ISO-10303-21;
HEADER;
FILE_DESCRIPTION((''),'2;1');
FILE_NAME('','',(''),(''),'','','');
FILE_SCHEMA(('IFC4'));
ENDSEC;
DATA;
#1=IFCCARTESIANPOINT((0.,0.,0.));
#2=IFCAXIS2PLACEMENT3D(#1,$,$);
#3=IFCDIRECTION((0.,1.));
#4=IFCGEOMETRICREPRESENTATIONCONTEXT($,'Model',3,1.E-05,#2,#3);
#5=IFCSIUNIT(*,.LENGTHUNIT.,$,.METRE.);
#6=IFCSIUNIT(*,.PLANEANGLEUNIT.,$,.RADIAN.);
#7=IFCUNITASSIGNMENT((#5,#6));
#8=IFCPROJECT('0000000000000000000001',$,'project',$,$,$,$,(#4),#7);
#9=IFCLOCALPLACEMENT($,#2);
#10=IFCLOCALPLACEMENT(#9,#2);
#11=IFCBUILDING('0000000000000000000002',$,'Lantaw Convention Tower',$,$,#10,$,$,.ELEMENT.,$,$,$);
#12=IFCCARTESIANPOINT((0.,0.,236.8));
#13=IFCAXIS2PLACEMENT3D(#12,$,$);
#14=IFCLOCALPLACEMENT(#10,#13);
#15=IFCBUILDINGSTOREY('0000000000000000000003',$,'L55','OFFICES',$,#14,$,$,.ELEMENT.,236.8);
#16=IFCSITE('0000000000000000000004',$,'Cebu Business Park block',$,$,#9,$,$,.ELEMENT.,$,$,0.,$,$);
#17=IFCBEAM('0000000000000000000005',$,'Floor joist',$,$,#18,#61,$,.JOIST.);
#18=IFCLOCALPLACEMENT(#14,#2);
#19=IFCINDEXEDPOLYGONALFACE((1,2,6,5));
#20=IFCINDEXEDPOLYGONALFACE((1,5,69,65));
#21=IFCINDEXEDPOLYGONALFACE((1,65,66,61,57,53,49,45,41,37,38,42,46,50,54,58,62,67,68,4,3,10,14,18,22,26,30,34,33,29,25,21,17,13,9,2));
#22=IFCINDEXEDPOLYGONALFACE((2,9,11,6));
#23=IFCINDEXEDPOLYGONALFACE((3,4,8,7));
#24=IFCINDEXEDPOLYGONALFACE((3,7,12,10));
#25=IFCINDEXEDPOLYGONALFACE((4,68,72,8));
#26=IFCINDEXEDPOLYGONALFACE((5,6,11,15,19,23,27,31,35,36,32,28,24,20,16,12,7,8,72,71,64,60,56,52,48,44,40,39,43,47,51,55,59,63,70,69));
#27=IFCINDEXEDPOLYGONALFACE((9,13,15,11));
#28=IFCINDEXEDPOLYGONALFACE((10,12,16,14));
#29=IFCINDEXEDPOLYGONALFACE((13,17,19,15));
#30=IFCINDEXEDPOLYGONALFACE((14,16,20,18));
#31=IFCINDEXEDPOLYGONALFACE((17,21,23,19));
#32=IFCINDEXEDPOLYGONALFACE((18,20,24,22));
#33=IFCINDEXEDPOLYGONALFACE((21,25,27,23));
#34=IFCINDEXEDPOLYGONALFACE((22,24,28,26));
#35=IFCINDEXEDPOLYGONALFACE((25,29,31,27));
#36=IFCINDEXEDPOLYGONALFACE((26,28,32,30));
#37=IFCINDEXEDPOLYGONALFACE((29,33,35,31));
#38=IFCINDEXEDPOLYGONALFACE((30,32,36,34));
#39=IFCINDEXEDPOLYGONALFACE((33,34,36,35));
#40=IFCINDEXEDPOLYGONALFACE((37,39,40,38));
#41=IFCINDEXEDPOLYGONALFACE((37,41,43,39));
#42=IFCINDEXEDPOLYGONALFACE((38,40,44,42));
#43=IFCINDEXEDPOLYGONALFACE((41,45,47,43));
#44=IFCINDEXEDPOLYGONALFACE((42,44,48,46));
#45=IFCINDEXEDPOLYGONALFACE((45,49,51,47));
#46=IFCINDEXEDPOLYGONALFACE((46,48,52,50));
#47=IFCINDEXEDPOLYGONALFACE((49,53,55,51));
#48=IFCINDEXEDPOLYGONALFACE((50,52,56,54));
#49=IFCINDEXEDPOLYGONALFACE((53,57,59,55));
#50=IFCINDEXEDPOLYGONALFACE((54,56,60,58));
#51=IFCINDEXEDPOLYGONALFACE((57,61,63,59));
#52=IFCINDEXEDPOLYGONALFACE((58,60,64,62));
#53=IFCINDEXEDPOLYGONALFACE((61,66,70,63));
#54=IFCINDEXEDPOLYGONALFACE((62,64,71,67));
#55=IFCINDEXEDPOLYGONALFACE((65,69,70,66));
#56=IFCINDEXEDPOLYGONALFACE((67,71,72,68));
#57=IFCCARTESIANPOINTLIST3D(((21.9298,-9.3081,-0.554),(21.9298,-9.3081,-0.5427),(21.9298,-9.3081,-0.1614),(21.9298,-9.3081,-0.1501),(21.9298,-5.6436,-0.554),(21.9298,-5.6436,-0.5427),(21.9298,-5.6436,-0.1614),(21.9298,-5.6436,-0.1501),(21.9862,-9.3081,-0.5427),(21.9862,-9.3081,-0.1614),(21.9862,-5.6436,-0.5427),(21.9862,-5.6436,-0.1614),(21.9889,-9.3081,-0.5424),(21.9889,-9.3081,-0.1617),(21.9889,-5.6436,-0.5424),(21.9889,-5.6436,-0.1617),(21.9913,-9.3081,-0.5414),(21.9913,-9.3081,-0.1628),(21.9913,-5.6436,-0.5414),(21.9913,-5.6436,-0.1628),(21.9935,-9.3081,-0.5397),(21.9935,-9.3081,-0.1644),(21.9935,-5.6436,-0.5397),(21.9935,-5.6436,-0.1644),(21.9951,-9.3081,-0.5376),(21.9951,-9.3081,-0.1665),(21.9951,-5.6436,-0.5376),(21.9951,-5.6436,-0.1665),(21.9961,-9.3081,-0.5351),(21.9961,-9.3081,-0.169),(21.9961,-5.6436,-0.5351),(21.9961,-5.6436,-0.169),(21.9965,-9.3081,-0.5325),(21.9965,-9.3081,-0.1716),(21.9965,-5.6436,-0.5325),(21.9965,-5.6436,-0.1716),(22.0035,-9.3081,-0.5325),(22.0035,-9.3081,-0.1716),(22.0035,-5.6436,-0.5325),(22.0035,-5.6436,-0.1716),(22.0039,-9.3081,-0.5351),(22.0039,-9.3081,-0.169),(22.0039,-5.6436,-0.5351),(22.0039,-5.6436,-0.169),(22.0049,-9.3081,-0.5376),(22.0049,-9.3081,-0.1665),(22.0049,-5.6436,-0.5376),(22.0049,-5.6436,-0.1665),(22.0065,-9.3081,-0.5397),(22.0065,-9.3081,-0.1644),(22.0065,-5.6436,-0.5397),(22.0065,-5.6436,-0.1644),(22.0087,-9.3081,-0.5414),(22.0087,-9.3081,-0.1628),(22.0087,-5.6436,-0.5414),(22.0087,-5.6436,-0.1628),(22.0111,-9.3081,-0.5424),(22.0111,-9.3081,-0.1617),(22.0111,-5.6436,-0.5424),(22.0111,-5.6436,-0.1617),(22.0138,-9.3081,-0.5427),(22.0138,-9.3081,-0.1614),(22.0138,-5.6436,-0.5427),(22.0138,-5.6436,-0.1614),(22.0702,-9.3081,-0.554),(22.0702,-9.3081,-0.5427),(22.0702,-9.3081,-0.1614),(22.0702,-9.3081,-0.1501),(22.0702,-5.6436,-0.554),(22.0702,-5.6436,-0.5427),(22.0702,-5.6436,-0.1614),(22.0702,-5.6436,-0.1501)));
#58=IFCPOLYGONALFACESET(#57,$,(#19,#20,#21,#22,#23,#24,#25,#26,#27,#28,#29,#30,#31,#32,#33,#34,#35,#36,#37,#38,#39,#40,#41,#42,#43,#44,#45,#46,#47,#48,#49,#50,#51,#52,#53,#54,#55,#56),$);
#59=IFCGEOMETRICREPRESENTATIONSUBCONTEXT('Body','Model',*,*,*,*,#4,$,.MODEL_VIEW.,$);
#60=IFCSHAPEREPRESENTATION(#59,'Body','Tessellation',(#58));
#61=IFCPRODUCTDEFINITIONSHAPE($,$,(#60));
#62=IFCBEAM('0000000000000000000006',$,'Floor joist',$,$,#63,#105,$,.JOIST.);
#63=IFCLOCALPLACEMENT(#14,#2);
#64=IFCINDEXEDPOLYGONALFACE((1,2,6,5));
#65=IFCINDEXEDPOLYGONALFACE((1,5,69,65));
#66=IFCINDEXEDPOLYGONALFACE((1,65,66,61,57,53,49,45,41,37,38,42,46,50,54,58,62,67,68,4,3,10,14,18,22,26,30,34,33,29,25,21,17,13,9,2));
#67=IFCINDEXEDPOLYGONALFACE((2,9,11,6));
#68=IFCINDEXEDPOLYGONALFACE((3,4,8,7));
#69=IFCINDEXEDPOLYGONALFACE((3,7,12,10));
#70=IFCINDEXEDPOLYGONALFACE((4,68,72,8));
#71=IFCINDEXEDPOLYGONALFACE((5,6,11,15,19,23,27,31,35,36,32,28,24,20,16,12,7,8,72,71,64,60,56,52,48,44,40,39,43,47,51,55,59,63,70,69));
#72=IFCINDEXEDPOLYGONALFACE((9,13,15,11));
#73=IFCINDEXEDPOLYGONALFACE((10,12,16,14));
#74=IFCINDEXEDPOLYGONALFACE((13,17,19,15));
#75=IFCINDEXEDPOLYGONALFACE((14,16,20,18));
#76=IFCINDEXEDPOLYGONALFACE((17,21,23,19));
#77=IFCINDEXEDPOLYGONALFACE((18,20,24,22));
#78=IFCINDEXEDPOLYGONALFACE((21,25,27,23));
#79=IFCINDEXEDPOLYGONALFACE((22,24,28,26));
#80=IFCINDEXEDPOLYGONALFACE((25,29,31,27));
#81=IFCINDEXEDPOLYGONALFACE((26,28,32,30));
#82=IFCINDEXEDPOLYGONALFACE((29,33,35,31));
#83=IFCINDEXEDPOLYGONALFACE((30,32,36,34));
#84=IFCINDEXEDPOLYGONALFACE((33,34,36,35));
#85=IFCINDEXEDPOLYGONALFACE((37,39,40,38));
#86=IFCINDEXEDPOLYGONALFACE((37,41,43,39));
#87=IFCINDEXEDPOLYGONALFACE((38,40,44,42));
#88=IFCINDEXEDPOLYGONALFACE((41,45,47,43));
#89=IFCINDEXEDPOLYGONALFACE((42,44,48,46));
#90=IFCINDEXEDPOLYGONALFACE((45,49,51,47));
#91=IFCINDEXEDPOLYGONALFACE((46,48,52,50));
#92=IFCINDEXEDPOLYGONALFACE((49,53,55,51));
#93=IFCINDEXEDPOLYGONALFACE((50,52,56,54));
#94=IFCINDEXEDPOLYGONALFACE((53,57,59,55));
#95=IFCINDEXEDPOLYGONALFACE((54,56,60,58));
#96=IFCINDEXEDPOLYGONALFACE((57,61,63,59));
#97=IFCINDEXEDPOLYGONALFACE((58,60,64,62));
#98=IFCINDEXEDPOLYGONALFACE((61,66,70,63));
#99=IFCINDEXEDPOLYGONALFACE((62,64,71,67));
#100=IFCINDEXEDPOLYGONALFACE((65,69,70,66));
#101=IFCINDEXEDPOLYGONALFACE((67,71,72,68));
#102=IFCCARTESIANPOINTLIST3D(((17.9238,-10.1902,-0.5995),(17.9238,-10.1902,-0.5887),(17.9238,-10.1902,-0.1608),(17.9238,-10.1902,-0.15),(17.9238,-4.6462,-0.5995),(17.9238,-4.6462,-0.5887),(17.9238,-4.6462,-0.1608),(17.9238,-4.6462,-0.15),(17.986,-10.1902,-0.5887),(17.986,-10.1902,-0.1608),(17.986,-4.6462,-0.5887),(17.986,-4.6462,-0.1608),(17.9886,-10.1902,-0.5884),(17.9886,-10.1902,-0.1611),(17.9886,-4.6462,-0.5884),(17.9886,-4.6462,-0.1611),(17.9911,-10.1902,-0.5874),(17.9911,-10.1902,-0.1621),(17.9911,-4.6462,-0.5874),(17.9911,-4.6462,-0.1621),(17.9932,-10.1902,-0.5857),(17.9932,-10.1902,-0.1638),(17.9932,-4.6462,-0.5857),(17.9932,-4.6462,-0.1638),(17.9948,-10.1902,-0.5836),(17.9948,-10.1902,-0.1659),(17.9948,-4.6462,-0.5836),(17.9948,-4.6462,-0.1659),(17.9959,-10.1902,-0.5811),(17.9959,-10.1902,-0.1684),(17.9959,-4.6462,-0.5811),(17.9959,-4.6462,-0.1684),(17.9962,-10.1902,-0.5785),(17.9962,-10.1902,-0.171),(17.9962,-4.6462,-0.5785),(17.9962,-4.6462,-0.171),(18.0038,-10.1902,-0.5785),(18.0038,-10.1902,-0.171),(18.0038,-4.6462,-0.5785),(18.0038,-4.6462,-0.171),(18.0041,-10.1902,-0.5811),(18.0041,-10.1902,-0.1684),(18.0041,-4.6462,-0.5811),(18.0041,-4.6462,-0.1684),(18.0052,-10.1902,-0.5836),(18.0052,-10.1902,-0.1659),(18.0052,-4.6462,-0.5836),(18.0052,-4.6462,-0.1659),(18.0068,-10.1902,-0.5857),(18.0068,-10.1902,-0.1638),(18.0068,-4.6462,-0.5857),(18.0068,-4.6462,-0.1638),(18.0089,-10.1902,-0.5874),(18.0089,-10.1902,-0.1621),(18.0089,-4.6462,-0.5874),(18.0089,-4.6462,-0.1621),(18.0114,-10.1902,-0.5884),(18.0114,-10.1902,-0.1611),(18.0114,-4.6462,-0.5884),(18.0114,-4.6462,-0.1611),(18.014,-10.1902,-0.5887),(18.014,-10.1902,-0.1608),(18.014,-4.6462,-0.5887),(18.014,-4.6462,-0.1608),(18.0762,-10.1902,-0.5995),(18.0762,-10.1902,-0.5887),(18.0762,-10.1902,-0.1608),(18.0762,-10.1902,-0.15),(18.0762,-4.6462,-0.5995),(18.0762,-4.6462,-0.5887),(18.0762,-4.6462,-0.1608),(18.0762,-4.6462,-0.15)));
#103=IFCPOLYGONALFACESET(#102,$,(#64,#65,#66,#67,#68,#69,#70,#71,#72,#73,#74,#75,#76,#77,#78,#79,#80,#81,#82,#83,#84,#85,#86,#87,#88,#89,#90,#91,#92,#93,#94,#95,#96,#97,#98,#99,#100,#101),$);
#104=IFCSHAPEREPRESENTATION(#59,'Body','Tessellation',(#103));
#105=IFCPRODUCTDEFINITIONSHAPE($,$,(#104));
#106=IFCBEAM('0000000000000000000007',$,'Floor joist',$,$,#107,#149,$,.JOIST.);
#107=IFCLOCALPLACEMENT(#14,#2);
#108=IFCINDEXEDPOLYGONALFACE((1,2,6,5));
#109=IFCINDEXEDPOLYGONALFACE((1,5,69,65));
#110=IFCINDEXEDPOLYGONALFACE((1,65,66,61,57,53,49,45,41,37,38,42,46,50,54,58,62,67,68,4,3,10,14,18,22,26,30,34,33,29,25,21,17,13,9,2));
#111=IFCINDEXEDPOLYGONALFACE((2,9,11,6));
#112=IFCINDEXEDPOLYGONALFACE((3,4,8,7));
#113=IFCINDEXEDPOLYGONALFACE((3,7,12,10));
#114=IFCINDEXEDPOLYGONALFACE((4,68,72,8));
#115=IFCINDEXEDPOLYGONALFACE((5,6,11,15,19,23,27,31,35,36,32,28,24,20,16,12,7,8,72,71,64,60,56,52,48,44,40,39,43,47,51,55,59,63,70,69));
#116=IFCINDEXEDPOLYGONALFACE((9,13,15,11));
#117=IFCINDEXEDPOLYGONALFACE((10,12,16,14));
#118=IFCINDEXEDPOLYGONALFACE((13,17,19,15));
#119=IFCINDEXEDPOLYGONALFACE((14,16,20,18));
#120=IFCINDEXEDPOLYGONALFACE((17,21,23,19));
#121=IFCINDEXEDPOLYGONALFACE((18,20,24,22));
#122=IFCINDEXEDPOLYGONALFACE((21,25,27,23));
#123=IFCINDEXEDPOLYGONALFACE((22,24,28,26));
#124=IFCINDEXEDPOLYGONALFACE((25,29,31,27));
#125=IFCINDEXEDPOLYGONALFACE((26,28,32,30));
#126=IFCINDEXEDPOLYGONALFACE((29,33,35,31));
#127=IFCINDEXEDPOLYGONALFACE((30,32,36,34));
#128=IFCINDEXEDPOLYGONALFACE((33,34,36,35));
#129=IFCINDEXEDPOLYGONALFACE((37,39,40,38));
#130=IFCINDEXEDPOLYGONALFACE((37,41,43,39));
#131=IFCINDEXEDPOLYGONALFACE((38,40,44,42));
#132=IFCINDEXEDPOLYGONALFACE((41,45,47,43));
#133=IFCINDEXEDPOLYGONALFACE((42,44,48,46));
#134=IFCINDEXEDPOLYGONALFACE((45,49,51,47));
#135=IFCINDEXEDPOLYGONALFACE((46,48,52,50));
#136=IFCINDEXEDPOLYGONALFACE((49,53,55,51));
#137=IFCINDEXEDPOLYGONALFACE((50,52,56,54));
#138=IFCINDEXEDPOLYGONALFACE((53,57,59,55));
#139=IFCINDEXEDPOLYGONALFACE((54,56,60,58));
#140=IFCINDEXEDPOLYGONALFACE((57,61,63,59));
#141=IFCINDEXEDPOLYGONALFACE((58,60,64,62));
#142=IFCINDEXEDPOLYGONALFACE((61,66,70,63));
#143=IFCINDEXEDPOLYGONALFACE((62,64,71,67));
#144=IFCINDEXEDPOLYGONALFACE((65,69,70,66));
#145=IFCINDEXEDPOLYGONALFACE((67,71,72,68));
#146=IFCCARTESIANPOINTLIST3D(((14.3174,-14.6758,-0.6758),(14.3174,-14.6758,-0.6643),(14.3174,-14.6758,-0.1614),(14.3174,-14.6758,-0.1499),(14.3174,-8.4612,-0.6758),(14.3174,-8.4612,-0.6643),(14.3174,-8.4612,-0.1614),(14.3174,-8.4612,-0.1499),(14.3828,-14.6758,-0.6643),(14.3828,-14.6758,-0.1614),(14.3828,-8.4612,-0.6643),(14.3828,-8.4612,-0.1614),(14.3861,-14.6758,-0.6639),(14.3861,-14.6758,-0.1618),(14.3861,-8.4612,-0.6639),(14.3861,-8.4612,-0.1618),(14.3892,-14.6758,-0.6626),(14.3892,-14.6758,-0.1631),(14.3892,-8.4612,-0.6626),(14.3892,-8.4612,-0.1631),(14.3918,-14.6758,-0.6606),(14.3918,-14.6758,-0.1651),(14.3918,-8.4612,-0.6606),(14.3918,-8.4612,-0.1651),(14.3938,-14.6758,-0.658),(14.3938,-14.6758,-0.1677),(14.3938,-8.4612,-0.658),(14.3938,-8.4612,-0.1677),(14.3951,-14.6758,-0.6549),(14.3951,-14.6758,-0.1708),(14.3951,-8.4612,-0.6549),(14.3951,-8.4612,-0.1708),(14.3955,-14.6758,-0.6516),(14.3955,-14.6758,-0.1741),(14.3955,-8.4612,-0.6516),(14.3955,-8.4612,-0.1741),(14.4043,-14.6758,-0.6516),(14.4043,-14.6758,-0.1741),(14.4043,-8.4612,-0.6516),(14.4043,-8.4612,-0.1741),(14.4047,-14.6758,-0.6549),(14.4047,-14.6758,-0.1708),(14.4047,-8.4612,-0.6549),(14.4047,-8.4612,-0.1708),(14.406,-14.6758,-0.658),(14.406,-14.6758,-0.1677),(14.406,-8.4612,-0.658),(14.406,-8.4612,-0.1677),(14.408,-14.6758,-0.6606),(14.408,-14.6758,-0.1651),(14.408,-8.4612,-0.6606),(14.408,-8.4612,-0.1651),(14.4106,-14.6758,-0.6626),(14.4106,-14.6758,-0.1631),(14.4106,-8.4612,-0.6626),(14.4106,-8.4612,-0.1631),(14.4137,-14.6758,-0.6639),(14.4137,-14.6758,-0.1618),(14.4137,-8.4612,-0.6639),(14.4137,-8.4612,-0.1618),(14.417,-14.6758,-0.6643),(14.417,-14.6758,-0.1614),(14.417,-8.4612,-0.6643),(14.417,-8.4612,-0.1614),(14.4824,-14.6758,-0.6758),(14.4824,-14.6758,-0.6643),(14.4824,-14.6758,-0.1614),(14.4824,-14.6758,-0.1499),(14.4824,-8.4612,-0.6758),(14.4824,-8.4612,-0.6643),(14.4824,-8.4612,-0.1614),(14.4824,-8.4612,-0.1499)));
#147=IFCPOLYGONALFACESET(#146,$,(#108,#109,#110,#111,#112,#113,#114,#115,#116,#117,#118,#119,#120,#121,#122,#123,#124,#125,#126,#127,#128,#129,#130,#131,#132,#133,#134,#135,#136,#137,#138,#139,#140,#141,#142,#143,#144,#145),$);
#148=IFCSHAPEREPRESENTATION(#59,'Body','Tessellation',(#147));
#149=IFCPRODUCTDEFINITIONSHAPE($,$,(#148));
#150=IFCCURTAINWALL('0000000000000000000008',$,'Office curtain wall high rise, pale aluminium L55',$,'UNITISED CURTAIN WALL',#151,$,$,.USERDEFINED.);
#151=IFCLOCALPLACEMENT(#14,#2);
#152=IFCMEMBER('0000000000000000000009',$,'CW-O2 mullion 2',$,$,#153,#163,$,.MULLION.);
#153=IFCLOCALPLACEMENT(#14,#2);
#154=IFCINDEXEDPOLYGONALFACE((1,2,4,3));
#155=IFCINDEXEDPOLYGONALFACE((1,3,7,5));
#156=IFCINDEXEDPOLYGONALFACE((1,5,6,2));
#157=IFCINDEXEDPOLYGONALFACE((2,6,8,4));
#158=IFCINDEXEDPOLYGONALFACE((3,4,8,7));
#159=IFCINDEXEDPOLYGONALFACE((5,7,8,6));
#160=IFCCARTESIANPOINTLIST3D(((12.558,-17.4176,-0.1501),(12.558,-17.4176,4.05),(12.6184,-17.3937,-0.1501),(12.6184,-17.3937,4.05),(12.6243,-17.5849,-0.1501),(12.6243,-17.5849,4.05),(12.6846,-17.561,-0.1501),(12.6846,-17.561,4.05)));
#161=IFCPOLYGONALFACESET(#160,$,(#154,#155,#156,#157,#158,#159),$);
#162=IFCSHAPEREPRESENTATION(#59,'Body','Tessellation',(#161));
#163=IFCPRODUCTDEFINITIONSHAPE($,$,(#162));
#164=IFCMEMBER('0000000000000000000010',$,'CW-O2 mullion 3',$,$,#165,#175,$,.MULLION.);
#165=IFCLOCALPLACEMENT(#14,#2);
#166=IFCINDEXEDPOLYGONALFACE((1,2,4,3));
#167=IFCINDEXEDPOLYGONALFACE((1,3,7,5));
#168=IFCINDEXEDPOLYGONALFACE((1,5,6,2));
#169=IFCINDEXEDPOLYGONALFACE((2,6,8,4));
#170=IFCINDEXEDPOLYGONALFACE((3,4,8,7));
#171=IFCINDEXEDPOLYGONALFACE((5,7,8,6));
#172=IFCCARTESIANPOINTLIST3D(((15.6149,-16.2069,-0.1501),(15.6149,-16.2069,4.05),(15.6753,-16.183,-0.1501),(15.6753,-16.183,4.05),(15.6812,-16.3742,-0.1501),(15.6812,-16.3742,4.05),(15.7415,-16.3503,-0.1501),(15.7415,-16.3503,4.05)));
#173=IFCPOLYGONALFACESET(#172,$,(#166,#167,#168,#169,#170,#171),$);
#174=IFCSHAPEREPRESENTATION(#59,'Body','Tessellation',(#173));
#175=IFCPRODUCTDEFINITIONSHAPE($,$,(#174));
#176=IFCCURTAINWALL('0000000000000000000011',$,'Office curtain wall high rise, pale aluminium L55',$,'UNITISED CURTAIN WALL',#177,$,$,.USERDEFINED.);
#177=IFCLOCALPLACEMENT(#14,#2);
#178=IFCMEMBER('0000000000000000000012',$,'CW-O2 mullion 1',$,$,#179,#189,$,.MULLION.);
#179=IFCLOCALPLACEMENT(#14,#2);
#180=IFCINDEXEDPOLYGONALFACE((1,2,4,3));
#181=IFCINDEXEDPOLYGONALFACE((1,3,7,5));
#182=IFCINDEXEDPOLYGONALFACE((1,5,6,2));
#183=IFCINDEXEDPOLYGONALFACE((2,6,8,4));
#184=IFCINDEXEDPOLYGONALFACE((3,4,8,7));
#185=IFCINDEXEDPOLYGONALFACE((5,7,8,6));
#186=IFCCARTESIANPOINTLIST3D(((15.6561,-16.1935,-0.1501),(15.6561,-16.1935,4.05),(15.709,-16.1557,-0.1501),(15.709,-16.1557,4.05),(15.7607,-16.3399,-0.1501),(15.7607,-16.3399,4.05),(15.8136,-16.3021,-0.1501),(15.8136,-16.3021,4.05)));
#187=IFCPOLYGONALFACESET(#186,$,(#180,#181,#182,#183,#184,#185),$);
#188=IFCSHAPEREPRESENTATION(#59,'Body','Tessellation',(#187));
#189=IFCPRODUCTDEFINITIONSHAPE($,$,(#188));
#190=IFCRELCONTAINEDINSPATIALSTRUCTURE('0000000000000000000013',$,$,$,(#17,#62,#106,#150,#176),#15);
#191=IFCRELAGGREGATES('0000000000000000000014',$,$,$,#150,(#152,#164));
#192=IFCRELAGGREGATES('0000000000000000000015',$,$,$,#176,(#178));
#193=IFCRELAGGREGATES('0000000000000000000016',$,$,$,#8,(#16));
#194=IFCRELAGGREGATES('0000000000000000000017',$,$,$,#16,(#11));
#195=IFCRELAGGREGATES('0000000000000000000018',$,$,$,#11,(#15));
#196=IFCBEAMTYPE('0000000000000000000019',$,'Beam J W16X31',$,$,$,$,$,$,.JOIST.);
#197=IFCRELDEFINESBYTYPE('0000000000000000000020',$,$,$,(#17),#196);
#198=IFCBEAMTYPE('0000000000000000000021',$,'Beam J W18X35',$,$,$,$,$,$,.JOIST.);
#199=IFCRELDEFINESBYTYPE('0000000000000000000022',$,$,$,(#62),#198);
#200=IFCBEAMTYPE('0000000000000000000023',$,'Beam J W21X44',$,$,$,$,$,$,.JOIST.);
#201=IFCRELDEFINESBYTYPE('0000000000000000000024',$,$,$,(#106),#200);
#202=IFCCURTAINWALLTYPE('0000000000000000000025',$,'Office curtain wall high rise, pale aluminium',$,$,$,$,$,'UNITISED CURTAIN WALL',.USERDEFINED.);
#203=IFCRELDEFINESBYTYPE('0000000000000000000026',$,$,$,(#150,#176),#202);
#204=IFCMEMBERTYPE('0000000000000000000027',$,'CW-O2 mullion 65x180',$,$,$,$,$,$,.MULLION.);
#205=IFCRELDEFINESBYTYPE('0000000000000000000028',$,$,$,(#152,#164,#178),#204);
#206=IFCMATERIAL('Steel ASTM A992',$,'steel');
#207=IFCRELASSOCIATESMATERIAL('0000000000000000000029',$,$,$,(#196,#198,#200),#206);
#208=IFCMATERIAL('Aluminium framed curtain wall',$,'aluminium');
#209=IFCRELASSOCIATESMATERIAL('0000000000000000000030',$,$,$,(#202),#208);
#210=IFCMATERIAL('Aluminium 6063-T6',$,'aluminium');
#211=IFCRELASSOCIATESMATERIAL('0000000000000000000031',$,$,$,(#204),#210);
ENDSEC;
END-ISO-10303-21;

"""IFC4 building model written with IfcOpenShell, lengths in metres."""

from ifc_helpers import new_model, si_unit, direction, frame, origin, origin_2d, place, context, subcontext, project, spatial, rectangle, i_section, extrude, material, material_profile, profile_set, type_object, element, aggregate, save


model = new_model("IFC4")

# Units and contexts
model_context = context("Model", 3, precision=1e-05, world=origin(), true_north=direction((0.0, 1.0)))
body_context = subcontext(model_context, "Body", "Model", "MODEL_VIEW")
ifc_project = project(units=[si_unit("LENGTHUNIT", "METRE"), si_unit("PLANEANGLEUNIT", "RADIAN")], contexts=[model_context])

# Site, building, storey
site_placement = place(None, origin())
site = spatial("IfcSite", under=ifc_project, at=site_placement, Name="Cebu Business Park block", CompositionType="ELEMENT", RefElevation=0.0)
building_placement = place(site_placement, origin())
building = spatial("IfcBuilding", under=site, at=building_placement, Name="Lantaw Convention Tower", CompositionType="ELEMENT")
storey_placement = place(building_placement, frame((0.0, 0.0, 236.8)))
storey = spatial("IfcBuildingStorey", under=building, at=storey_placement, Name="L55", Description="OFFICES", CompositionType="ELEMENT", Elevation=236.8)

# Beams
ifc_material_1 = material(Name="Steel ASTM A992", Category="steel")
ifc_material_profile_1 = material_profile(ifc_material_1, i_section(OverallWidth=0.1404, OverallDepth=0.4038, WebThickness=0.0071, FlangeThickness=0.0112, FilletRadius=0.0103, at=origin_2d()), Name="W16X31")
ifc_profile_set_1 = profile_set([ifc_material_profile_1], Name="Steel ASTM A992")
beam_type_1 = type_object("IfcBeamType", Name="Beam J W16X31", PredefinedType="JOIST", material=ifc_profile_set_1)
beam_1_placement = place(storey_placement, frame((22.0, -9.3081, -0.3521), z_axis=(0.0, 1.0, 0.0), x_axis=(-1.0, 0.0, 0.0)))
element("IfcBeam", 1, at=beam_1_placement, inside=storey, type_object=beam_type_1, Name="Floor joist", PredefinedType="JOIST", context=body_context, shape_type="SweptSolid", body=[
    extrude(i_section(OverallWidth=0.1404, OverallDepth=0.4038, WebThickness=0.0071, FlangeThickness=0.0112, FilletRadius=0.0103, at=origin_2d()), origin(), (0.0, 0.0, 1.0), 3.6646),
])
ifc_material_profile_2 = material_profile(ifc_material_1, i_section(OverallWidth=0.1523, OverallDepth=0.4495, WebThickness=0.0076, FlangeThickness=0.0107, FilletRadius=0.0103, at=origin_2d()), Name="W18X35")
ifc_profile_set_2 = profile_set([ifc_material_profile_2], Name="Steel ASTM A992")
beam_type_2 = type_object("IfcBeamType", Name="Beam J W18X35", PredefinedType="JOIST", material=ifc_profile_set_2)
beam_2_placement = place(storey_placement, frame((18.0, -10.1902, -0.3748), z_axis=(0.0, 1.0, 0.0), x_axis=(-1.0, 0.0, 0.0)))
element("IfcBeam", 2, at=beam_2_placement, inside=storey, type_object=beam_type_2, Name="Floor joist", PredefinedType="JOIST", context=body_context, shape_type="SweptSolid", body=[
    extrude(i_section(OverallWidth=0.1523, OverallDepth=0.4495, WebThickness=0.0076, FlangeThickness=0.0107, FilletRadius=0.0103, at=origin_2d()), origin(), (0.0, 0.0, 1.0), 5.5439),
])
ifc_material_profile_3 = material_profile(ifc_material_1, i_section(OverallWidth=0.165, OverallDepth=0.5259, WebThickness=0.0088, FlangeThickness=0.0115, FilletRadius=0.0127, at=origin_2d()), Name="W21X44")
ifc_profile_set_3 = profile_set([ifc_material_profile_3], Name="Steel ASTM A992")
beam_type_3 = type_object("IfcBeamType", Name="Beam J W21X44", PredefinedType="JOIST", material=ifc_profile_set_3)
beam_3_placement = place(storey_placement, frame((14.3999, -14.6758, -0.4128), z_axis=(0.0, 1.0, 0.0), x_axis=(-1.0, 0.0, 0.0)))
element("IfcBeam", 3, at=beam_3_placement, inside=storey, type_object=beam_type_3, Name="Floor joist", PredefinedType="JOIST", context=body_context, shape_type="SweptSolid", body=[
    extrude(i_section(OverallWidth=0.165, OverallDepth=0.5259, WebThickness=0.0088, FlangeThickness=0.0115, FilletRadius=0.0127, at=origin_2d()), origin(), (0.0, 0.0, 1.0), 6.2146),
])

# Curtain walls, members
ifc_material_2 = material(Name="Aluminium framed curtain wall", Category="aluminium")
curtain_wall_type = type_object("IfcCurtainWallType", Name="Office curtain wall high rise, pale aluminium", ElementType="UNITISED CURTAIN WALL", PredefinedType="USERDEFINED", material=ifc_material_2)
curtain_wall_1_placement = place(storey_placement, origin())
curtain_wall_1 = element("IfcCurtainWall", 4, at=curtain_wall_1_placement, inside=storey, type_object=curtain_wall_type, Name="Office curtain wall high rise, pale aluminium L55", ObjectType="UNITISED CURTAIN WALL", PredefinedType="USERDEFINED")
ifc_material_3 = material(Name="Aluminium 6063-T6", Category="aluminium")
ifc_material_profile_4 = material_profile(ifc_material_3, rectangle(XDim=0.1799, YDim=0.0649, at=origin_2d()), Name="CW-O2 mullion 65x180")
ifc_profile_set_4 = profile_set([ifc_material_profile_4], Name="Aluminium 6063-T6")
member_type_1 = type_object("IfcMemberType", Name="CW-O2 mullion 65x180", PredefinedType="MULLION", material=ifc_profile_set_4)
member_1_placement = place(storey_placement, frame((12.6213, -17.4893, -0.1501), z_axis=(0.0, 0.0, 1.0), x_axis=(-0.368162, 0.929762, 0.0)))
member_1 = element("IfcMember", 5, at=member_1_placement, type_object=member_type_1, Name="CW-O2 mullion 2", PredefinedType="MULLION", context=body_context, shape_type="SweptSolid", body=[
    extrude(rectangle(XDim=0.1799, YDim=0.0649, at=origin_2d()), origin(), (0.0, 0.0, 1.0), 4.2002),
])
member_2_placement = place(storey_placement, frame((15.6782, -16.2786, -0.1501), z_axis=(0.0, 0.0, 1.0), x_axis=(-0.368162, 0.929762, 0.0)))
member_2 = element("IfcMember", 6, at=member_2_placement, type_object=member_type_1, Name="CW-O2 mullion 3", PredefinedType="MULLION", context=body_context, shape_type="SweptSolid", body=[
    extrude(rectangle(XDim=0.1799, YDim=0.0649, at=origin_2d()), origin(), (0.0, 0.0, 1.0), 4.2002),
])
curtain_wall_2_placement = place(storey_placement, origin())
curtain_wall_2 = element("IfcCurtainWall", 7, at=curtain_wall_2_placement, inside=storey, type_object=curtain_wall_type, Name="Office curtain wall high rise, pale aluminium L55", ObjectType="UNITISED CURTAIN WALL", PredefinedType="USERDEFINED")
member_3_placement = place(storey_placement, frame((15.7349, -16.2478, -0.1501), z_axis=(0.0, 0.0, 1.0), x_axis=(-0.581323, 0.813673, 0.0)))
member_3 = element("IfcMember", 8, at=member_3_placement, type_object=member_type_1, Name="CW-O2 mullion 1", PredefinedType="MULLION", context=body_context, shape_type="SweptSolid", body=[
    extrude(rectangle(XDim=0.1799, YDim=0.0649, at=origin_2d()), origin(), (0.0, 0.0, 1.0), 4.2002),
])

aggregate(curtain_wall_1, [member_1, member_2])
aggregate(curtain_wall_2, [member_3])

save(model, "model.ifc")
